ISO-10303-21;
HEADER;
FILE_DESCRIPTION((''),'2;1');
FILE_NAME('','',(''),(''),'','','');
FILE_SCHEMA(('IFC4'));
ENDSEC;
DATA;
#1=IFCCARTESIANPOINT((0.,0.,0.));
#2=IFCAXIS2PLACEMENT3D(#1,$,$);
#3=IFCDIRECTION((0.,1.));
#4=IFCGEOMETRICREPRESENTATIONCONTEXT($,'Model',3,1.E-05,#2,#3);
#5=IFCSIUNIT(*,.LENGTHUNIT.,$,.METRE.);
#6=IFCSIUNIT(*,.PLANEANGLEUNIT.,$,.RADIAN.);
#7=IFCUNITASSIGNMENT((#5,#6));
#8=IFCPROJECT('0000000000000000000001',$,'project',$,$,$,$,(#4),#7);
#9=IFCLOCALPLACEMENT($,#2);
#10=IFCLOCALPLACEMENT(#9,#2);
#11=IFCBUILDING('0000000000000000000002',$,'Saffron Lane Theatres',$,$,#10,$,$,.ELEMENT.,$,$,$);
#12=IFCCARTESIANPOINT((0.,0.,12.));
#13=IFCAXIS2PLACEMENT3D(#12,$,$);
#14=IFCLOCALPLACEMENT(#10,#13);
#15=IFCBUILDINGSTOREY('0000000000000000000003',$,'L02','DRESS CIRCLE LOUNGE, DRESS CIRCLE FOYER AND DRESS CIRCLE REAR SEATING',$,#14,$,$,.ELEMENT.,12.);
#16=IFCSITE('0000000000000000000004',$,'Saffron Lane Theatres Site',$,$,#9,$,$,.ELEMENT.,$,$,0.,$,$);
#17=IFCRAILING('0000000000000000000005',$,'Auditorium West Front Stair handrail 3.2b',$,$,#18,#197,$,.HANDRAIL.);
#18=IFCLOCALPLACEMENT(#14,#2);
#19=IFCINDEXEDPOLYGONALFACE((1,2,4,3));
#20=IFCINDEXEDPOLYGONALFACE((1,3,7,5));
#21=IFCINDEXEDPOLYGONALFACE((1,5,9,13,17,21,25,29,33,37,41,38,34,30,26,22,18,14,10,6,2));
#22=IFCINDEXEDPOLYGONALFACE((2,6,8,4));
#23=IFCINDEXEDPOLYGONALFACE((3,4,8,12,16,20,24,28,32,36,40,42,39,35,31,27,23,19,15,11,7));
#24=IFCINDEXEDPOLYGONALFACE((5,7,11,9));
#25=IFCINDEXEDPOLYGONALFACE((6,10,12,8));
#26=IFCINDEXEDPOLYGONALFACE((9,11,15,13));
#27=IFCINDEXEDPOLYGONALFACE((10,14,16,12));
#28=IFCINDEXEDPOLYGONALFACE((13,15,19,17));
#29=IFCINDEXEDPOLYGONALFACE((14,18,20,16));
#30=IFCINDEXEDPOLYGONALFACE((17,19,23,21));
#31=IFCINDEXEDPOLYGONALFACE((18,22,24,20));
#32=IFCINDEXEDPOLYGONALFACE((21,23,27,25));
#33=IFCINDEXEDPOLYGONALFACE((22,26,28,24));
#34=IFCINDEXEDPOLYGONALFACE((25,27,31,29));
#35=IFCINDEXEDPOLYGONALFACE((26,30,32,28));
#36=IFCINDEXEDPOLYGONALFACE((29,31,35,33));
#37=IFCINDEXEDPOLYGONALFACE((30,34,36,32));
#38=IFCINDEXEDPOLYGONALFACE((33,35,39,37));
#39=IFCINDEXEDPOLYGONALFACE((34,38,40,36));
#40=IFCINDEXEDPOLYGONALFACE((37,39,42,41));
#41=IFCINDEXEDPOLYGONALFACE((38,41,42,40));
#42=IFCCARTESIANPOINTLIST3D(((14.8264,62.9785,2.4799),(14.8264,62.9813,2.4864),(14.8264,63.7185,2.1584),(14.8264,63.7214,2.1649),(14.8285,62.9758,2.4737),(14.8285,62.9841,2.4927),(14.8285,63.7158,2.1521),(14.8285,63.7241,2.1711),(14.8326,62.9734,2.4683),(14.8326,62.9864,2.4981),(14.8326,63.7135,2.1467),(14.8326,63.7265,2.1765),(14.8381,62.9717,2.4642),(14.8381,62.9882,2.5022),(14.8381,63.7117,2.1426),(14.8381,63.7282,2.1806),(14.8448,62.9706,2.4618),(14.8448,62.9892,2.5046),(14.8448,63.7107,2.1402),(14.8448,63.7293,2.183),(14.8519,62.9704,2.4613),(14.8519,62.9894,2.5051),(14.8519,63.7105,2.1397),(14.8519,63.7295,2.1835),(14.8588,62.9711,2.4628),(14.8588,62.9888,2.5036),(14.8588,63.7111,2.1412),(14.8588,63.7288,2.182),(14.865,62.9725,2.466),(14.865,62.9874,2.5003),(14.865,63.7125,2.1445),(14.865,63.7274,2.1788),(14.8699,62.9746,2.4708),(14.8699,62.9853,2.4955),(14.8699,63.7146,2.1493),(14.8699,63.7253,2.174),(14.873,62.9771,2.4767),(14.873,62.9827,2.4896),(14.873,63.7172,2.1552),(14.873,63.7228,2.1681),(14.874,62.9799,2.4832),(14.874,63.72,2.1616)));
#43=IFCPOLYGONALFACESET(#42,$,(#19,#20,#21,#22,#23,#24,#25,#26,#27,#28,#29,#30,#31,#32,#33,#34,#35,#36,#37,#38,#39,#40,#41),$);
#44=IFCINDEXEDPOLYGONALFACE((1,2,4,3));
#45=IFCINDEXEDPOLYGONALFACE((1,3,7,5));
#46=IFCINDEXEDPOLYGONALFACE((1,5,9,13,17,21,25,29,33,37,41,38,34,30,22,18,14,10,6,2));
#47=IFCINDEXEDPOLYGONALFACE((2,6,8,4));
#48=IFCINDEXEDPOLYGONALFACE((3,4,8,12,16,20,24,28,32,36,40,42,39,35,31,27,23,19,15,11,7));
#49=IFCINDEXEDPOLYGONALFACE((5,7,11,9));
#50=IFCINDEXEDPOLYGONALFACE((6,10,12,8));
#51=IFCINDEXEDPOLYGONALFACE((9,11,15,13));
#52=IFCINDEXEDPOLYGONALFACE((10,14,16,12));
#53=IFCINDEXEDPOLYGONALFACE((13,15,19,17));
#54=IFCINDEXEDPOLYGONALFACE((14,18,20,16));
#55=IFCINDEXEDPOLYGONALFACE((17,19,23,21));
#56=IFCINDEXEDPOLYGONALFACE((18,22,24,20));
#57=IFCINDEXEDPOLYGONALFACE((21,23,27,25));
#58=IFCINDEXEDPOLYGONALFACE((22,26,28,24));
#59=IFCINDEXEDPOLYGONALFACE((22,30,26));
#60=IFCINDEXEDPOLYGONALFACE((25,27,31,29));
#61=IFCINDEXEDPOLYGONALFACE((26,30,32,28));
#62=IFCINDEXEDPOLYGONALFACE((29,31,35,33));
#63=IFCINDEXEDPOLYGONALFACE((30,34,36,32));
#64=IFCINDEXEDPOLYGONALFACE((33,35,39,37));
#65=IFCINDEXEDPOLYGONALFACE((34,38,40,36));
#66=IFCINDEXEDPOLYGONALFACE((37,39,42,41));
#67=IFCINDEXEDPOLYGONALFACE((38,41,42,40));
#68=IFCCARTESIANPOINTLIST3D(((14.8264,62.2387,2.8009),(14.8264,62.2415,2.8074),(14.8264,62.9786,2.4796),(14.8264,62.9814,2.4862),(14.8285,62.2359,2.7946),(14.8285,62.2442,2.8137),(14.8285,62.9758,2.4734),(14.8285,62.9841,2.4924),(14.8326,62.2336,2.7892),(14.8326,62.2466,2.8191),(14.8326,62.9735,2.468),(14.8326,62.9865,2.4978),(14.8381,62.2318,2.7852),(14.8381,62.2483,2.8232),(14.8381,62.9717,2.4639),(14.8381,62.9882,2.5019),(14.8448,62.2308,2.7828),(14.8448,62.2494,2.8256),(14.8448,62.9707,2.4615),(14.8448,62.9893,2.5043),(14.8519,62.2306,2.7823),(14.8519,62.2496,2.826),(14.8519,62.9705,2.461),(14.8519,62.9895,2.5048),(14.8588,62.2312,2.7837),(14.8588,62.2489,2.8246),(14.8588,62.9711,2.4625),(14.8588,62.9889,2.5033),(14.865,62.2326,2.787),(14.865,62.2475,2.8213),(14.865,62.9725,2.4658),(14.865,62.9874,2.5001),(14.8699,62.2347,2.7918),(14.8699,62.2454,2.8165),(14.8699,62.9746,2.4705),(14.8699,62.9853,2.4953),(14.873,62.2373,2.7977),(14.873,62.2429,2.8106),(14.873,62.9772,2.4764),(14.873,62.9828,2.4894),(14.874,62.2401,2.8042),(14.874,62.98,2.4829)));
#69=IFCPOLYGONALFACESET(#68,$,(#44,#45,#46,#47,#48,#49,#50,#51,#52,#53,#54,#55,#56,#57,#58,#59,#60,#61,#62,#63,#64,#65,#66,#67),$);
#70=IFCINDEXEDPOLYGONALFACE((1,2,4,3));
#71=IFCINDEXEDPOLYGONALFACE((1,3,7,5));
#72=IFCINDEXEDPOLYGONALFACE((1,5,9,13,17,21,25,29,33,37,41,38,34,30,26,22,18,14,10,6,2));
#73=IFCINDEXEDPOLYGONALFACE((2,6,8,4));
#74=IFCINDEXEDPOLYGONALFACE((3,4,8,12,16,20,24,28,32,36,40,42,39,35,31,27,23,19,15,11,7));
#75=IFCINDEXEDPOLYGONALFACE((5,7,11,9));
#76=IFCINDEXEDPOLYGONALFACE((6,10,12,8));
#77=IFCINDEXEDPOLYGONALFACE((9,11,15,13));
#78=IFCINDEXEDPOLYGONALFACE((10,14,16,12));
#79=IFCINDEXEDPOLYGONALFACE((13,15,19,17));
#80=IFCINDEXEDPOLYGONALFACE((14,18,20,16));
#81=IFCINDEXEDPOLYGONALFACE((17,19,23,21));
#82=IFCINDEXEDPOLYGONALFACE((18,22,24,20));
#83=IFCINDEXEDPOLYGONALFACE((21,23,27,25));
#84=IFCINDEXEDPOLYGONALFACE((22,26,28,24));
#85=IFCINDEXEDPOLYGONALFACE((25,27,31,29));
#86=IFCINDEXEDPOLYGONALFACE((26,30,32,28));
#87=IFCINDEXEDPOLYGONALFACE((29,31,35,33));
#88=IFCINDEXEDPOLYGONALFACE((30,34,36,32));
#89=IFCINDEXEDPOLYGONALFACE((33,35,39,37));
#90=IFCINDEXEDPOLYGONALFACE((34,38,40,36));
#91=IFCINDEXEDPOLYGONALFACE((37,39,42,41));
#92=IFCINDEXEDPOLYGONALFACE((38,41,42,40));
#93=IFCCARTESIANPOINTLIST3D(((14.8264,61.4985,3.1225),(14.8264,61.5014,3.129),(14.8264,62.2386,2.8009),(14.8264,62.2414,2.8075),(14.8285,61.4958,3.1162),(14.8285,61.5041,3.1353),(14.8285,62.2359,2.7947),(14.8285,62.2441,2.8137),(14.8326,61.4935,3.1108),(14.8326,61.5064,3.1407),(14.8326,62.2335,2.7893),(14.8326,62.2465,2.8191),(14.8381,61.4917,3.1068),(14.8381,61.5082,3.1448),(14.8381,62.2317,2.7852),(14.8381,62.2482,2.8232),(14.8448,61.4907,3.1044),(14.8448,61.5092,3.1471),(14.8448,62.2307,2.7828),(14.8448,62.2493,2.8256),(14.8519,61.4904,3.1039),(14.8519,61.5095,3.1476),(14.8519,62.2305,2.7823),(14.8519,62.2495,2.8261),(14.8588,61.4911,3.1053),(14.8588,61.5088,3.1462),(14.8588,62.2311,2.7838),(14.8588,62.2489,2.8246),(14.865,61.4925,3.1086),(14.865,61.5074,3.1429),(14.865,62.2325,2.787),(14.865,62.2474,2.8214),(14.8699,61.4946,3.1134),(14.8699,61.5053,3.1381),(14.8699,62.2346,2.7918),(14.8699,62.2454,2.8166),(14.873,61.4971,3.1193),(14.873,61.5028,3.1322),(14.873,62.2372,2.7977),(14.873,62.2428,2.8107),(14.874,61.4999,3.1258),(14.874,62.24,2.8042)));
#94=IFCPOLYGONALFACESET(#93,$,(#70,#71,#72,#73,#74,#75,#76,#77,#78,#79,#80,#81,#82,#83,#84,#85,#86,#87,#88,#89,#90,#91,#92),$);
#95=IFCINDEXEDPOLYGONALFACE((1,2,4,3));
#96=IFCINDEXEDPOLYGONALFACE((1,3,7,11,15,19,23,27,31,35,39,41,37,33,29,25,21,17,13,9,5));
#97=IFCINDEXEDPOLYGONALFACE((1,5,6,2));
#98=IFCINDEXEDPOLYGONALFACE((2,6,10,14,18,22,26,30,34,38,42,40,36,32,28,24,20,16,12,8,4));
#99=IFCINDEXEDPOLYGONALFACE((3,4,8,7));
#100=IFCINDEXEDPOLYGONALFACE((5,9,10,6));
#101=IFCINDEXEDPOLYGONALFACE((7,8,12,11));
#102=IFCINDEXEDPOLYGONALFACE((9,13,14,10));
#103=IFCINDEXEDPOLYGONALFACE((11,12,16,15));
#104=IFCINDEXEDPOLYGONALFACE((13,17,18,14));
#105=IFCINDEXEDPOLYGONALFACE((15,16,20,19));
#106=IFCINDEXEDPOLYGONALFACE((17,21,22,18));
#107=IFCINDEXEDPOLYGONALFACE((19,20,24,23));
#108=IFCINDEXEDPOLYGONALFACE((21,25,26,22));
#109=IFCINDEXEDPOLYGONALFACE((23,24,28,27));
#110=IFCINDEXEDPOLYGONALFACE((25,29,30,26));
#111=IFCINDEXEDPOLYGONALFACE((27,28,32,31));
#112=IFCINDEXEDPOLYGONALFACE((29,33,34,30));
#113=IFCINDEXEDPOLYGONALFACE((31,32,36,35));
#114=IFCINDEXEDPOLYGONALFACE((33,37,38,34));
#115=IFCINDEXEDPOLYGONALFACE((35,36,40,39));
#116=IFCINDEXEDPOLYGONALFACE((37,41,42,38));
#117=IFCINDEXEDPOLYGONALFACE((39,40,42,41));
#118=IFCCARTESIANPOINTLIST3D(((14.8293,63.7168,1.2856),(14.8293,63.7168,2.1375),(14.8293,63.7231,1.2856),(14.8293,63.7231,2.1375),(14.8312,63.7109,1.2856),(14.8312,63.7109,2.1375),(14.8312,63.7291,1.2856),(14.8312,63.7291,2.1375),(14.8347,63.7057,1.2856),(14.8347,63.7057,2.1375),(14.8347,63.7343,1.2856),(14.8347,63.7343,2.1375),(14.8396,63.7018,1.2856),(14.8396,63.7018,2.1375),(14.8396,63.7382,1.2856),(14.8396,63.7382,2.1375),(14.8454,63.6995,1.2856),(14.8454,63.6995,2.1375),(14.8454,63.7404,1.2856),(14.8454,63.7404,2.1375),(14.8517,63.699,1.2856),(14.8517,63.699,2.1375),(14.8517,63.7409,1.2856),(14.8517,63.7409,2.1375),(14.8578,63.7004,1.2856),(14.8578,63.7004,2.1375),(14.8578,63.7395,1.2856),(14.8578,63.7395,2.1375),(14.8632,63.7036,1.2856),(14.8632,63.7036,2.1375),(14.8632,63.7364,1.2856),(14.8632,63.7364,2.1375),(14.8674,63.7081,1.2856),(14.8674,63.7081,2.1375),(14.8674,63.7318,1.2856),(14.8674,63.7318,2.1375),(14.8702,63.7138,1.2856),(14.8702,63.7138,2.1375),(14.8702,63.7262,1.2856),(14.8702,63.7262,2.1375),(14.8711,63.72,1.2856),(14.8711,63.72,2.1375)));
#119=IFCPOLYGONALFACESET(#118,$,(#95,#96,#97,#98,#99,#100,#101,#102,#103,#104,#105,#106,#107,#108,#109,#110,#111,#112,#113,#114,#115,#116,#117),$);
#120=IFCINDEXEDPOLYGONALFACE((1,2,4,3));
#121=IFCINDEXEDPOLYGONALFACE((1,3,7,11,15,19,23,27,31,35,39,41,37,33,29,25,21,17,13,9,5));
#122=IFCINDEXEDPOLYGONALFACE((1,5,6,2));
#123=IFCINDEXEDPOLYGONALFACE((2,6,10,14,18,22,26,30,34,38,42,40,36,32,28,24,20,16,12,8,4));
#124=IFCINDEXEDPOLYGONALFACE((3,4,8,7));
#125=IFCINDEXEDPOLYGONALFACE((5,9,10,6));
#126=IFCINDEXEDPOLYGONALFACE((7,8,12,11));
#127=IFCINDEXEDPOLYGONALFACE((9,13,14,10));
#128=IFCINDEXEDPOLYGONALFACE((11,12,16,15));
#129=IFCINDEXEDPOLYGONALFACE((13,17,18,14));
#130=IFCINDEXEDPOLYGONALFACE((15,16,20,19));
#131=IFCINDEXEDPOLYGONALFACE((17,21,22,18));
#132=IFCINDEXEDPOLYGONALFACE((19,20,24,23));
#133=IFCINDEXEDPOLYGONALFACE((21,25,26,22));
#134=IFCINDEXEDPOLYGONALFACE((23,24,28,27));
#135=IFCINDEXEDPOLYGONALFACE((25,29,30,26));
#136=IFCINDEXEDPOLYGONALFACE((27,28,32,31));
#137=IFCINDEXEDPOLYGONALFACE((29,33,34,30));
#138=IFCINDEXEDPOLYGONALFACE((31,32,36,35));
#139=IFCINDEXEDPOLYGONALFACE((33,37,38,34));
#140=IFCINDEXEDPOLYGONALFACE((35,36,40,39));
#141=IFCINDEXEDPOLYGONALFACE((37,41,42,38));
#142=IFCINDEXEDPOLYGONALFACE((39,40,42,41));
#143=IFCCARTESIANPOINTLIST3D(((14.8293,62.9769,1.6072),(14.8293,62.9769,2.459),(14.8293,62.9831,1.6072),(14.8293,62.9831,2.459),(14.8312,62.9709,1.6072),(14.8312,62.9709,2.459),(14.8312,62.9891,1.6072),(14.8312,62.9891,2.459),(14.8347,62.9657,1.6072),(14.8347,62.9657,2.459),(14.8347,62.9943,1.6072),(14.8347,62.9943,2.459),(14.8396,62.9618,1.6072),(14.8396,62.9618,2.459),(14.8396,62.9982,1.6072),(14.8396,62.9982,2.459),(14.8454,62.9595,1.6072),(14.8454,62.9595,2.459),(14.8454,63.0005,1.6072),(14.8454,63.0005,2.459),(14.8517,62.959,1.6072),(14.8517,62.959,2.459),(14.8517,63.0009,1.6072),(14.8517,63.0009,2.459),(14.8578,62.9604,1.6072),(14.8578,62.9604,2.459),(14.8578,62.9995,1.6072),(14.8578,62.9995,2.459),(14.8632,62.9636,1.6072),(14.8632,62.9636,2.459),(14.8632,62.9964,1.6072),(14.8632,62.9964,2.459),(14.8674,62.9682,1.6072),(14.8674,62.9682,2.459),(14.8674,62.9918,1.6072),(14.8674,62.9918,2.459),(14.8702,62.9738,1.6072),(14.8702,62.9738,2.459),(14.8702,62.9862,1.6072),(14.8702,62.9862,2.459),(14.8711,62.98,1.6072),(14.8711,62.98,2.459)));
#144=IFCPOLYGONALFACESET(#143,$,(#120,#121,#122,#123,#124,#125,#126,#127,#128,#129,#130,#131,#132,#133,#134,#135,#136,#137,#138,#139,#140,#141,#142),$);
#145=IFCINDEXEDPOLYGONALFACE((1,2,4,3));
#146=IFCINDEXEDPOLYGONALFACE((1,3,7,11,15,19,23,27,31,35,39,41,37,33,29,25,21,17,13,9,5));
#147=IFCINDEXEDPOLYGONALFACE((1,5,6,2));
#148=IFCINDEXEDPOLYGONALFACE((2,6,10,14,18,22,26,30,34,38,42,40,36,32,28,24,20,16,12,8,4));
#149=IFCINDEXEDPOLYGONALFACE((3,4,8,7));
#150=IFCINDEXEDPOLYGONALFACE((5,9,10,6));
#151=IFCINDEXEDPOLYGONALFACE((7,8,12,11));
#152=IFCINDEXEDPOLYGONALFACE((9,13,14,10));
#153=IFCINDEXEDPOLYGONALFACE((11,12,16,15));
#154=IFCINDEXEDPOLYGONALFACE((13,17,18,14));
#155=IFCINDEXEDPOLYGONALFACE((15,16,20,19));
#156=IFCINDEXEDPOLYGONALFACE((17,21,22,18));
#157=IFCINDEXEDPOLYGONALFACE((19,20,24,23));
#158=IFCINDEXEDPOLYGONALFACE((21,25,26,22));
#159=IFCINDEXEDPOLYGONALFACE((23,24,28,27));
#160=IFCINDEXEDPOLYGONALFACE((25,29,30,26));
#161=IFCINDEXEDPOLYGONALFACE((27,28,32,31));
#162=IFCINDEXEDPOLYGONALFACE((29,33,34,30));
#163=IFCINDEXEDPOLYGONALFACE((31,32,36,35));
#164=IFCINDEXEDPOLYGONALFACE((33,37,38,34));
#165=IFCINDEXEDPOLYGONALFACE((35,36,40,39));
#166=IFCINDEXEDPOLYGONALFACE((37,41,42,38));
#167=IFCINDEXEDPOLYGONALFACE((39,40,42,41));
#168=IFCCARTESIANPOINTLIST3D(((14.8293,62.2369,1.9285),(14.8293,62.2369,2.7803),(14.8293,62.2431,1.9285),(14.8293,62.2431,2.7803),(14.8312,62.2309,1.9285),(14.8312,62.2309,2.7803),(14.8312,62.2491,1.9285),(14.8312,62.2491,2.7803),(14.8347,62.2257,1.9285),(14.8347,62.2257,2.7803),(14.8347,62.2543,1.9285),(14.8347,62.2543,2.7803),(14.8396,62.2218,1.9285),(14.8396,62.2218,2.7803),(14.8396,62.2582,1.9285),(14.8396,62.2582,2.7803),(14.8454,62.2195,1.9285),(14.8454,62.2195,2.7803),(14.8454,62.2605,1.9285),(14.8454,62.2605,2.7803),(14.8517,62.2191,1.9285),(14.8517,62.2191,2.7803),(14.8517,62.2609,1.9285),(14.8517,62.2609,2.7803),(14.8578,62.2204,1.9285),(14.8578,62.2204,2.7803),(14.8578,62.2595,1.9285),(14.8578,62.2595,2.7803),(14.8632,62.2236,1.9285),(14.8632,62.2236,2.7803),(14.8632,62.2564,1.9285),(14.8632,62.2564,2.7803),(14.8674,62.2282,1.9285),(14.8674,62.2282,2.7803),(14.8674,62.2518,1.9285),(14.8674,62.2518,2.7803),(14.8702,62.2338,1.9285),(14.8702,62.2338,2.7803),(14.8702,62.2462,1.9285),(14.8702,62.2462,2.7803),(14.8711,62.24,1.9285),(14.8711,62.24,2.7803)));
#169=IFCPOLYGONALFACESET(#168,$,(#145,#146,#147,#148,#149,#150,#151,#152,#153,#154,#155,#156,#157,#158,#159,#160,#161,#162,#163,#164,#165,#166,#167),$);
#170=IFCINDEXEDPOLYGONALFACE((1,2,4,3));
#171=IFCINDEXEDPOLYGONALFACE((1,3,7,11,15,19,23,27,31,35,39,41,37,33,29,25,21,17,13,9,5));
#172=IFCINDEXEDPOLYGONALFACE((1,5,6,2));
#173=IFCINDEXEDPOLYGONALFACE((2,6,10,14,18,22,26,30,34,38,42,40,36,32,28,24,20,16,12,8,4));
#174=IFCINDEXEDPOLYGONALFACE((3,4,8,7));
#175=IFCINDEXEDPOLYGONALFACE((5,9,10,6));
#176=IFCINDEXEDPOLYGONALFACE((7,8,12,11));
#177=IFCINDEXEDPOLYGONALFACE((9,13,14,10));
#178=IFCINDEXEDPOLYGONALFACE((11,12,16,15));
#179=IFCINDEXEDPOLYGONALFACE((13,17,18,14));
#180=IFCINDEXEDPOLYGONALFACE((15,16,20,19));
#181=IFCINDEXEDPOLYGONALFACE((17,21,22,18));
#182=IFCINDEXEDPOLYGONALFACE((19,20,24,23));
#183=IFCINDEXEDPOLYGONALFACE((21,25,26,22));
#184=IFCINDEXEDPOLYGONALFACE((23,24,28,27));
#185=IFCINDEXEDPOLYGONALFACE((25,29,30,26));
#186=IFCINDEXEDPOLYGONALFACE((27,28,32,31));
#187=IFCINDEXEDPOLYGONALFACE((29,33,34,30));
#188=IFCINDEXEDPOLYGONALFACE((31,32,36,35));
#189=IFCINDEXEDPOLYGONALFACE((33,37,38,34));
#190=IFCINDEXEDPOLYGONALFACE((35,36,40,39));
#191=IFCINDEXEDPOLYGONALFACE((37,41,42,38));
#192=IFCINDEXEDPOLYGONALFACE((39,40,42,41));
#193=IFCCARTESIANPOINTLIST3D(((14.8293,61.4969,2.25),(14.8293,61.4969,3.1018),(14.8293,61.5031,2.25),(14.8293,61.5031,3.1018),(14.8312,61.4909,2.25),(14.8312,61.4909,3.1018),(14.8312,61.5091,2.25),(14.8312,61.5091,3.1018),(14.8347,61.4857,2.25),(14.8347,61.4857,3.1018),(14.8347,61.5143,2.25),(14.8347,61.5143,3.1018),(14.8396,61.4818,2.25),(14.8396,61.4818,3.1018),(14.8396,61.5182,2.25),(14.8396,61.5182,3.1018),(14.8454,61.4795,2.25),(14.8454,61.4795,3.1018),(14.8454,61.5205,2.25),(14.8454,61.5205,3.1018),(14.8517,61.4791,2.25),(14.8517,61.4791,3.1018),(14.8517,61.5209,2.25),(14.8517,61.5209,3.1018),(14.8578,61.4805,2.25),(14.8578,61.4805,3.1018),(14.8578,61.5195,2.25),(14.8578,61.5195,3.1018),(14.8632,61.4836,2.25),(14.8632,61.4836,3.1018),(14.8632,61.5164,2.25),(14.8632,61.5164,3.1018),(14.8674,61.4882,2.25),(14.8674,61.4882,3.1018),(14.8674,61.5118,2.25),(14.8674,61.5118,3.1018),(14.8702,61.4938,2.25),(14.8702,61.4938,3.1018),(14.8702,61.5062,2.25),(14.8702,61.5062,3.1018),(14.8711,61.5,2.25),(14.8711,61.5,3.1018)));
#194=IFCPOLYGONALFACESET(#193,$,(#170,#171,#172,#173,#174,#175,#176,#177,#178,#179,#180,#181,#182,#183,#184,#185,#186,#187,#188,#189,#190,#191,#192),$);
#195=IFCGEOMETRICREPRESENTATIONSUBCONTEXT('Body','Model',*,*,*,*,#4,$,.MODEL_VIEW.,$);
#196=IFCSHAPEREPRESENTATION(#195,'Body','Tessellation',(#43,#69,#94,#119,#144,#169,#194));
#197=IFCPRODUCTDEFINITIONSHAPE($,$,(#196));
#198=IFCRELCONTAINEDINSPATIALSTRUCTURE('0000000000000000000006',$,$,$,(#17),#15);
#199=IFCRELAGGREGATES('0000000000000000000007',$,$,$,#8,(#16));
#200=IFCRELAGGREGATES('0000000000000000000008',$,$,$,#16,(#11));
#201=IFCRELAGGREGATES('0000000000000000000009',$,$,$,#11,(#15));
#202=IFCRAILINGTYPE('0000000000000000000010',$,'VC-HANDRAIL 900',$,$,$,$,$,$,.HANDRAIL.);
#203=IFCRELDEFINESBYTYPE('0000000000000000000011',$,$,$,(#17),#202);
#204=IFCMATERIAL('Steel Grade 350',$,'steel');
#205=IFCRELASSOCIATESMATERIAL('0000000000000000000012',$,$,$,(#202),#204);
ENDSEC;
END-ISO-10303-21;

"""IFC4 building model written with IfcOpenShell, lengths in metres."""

from ifc_helpers import new_model, si_unit, direction, frame, origin, origin_2d, place, context, subcontext, project, spatial, circle, extrude, material, type_object, element, save


model = new_model("IFC4")

# Units and contexts
model_context = context("Model", 3, precision=1e-05, world=origin(), true_north=direction((0.0, 1.0)))
body_context = subcontext(model_context, "Body", "Model", "MODEL_VIEW")
ifc_project = project(units=[si_unit("LENGTHUNIT", "METRE"), si_unit("PLANEANGLEUNIT", "RADIAN")], contexts=[model_context])

# Site, building, storey
site_placement = place(None, origin())
site = spatial("IfcSite", under=ifc_project, at=site_placement, Name="Saffron Lane Theatres Site", CompositionType="ELEMENT", RefElevation=0.0)
building_placement = place(site_placement, origin())
building = spatial("IfcBuilding", under=site, at=building_placement, Name="Saffron Lane Theatres", CompositionType="ELEMENT")
storey_placement = place(building_placement, frame((0.0, 0.0, 12.0)))
storey = spatial("IfcBuildingStorey", under=building, at=storey_placement, Name="L02", Description="DRESS CIRCLE LOUNGE, DRESS CIRCLE FOYER AND DRESS CIRCLE REAR SEATING", CompositionType="ELEMENT", Elevation=12.0)

# Railing
ifc_material_1 = material(Name="Steel Grade 350", Category="steel")
railing_type_1 = type_object("IfcRailingType", Name="VC-HANDRAIL 900", PredefinedType="HANDRAIL", material=ifc_material_1)
for number, where, name in (
    (1, (14.8501, 63.72, 1.2856), "Auditorium West Front Stair handrail 3.2b"),
):
    element("IfcRailing", number, at=place(storey_placement, frame(where)), inside=storey, type_object=railing_type_1, Name=name, PredefinedType="HANDRAIL", context=body_context, shape_type="SweptSolid", body=[
        extrude(circle(Radius=0.0239, at=origin_2d()), frame((0.0, 0.0, 0.876), z_axis=(0.0, -0.917161, 0.398516), x_axis=(1.0, 0.0, 0.0)), (0.0, 0.0, 1.0), 0.8069),
        extrude(circle(Radius=0.0239, at=origin_2d()), frame((0.0, -0.74, 1.1973), z_axis=(0.0, -0.917272, 0.398261), x_axis=(1.0, 0.0, 0.0)), (0.0, 0.0, 1.0), 0.8066),
        extrude(circle(Radius=0.0239, at=origin_2d()), frame((0.0, -1.48, 1.5186), z_axis=(0.0, -0.917161, 0.398516), x_axis=(1.0, 0.0, 0.0)), (0.0, 0.0, 1.0), 0.8069),
        extrude(circle(Radius=0.021, at=origin_2d()), origin(), (0.0, 0.0, 1.0), 0.8518),
        extrude(circle(Radius=0.021, at=origin_2d()), frame((0.0, -0.74, 0.3215)), (0.0, 0.0, 1.0), 0.8518),
        extrude(circle(Radius=0.021, at=origin_2d()), frame((0.0, -1.48, 0.6428)), (0.0, 0.0, 1.0), 0.8518),
        extrude(circle(Radius=0.021, at=origin_2d()), frame((0.0, -2.22, 0.9644)), (0.0, 0.0, 1.0), 0.8518),
    ])

save(model, "model.ifc")
